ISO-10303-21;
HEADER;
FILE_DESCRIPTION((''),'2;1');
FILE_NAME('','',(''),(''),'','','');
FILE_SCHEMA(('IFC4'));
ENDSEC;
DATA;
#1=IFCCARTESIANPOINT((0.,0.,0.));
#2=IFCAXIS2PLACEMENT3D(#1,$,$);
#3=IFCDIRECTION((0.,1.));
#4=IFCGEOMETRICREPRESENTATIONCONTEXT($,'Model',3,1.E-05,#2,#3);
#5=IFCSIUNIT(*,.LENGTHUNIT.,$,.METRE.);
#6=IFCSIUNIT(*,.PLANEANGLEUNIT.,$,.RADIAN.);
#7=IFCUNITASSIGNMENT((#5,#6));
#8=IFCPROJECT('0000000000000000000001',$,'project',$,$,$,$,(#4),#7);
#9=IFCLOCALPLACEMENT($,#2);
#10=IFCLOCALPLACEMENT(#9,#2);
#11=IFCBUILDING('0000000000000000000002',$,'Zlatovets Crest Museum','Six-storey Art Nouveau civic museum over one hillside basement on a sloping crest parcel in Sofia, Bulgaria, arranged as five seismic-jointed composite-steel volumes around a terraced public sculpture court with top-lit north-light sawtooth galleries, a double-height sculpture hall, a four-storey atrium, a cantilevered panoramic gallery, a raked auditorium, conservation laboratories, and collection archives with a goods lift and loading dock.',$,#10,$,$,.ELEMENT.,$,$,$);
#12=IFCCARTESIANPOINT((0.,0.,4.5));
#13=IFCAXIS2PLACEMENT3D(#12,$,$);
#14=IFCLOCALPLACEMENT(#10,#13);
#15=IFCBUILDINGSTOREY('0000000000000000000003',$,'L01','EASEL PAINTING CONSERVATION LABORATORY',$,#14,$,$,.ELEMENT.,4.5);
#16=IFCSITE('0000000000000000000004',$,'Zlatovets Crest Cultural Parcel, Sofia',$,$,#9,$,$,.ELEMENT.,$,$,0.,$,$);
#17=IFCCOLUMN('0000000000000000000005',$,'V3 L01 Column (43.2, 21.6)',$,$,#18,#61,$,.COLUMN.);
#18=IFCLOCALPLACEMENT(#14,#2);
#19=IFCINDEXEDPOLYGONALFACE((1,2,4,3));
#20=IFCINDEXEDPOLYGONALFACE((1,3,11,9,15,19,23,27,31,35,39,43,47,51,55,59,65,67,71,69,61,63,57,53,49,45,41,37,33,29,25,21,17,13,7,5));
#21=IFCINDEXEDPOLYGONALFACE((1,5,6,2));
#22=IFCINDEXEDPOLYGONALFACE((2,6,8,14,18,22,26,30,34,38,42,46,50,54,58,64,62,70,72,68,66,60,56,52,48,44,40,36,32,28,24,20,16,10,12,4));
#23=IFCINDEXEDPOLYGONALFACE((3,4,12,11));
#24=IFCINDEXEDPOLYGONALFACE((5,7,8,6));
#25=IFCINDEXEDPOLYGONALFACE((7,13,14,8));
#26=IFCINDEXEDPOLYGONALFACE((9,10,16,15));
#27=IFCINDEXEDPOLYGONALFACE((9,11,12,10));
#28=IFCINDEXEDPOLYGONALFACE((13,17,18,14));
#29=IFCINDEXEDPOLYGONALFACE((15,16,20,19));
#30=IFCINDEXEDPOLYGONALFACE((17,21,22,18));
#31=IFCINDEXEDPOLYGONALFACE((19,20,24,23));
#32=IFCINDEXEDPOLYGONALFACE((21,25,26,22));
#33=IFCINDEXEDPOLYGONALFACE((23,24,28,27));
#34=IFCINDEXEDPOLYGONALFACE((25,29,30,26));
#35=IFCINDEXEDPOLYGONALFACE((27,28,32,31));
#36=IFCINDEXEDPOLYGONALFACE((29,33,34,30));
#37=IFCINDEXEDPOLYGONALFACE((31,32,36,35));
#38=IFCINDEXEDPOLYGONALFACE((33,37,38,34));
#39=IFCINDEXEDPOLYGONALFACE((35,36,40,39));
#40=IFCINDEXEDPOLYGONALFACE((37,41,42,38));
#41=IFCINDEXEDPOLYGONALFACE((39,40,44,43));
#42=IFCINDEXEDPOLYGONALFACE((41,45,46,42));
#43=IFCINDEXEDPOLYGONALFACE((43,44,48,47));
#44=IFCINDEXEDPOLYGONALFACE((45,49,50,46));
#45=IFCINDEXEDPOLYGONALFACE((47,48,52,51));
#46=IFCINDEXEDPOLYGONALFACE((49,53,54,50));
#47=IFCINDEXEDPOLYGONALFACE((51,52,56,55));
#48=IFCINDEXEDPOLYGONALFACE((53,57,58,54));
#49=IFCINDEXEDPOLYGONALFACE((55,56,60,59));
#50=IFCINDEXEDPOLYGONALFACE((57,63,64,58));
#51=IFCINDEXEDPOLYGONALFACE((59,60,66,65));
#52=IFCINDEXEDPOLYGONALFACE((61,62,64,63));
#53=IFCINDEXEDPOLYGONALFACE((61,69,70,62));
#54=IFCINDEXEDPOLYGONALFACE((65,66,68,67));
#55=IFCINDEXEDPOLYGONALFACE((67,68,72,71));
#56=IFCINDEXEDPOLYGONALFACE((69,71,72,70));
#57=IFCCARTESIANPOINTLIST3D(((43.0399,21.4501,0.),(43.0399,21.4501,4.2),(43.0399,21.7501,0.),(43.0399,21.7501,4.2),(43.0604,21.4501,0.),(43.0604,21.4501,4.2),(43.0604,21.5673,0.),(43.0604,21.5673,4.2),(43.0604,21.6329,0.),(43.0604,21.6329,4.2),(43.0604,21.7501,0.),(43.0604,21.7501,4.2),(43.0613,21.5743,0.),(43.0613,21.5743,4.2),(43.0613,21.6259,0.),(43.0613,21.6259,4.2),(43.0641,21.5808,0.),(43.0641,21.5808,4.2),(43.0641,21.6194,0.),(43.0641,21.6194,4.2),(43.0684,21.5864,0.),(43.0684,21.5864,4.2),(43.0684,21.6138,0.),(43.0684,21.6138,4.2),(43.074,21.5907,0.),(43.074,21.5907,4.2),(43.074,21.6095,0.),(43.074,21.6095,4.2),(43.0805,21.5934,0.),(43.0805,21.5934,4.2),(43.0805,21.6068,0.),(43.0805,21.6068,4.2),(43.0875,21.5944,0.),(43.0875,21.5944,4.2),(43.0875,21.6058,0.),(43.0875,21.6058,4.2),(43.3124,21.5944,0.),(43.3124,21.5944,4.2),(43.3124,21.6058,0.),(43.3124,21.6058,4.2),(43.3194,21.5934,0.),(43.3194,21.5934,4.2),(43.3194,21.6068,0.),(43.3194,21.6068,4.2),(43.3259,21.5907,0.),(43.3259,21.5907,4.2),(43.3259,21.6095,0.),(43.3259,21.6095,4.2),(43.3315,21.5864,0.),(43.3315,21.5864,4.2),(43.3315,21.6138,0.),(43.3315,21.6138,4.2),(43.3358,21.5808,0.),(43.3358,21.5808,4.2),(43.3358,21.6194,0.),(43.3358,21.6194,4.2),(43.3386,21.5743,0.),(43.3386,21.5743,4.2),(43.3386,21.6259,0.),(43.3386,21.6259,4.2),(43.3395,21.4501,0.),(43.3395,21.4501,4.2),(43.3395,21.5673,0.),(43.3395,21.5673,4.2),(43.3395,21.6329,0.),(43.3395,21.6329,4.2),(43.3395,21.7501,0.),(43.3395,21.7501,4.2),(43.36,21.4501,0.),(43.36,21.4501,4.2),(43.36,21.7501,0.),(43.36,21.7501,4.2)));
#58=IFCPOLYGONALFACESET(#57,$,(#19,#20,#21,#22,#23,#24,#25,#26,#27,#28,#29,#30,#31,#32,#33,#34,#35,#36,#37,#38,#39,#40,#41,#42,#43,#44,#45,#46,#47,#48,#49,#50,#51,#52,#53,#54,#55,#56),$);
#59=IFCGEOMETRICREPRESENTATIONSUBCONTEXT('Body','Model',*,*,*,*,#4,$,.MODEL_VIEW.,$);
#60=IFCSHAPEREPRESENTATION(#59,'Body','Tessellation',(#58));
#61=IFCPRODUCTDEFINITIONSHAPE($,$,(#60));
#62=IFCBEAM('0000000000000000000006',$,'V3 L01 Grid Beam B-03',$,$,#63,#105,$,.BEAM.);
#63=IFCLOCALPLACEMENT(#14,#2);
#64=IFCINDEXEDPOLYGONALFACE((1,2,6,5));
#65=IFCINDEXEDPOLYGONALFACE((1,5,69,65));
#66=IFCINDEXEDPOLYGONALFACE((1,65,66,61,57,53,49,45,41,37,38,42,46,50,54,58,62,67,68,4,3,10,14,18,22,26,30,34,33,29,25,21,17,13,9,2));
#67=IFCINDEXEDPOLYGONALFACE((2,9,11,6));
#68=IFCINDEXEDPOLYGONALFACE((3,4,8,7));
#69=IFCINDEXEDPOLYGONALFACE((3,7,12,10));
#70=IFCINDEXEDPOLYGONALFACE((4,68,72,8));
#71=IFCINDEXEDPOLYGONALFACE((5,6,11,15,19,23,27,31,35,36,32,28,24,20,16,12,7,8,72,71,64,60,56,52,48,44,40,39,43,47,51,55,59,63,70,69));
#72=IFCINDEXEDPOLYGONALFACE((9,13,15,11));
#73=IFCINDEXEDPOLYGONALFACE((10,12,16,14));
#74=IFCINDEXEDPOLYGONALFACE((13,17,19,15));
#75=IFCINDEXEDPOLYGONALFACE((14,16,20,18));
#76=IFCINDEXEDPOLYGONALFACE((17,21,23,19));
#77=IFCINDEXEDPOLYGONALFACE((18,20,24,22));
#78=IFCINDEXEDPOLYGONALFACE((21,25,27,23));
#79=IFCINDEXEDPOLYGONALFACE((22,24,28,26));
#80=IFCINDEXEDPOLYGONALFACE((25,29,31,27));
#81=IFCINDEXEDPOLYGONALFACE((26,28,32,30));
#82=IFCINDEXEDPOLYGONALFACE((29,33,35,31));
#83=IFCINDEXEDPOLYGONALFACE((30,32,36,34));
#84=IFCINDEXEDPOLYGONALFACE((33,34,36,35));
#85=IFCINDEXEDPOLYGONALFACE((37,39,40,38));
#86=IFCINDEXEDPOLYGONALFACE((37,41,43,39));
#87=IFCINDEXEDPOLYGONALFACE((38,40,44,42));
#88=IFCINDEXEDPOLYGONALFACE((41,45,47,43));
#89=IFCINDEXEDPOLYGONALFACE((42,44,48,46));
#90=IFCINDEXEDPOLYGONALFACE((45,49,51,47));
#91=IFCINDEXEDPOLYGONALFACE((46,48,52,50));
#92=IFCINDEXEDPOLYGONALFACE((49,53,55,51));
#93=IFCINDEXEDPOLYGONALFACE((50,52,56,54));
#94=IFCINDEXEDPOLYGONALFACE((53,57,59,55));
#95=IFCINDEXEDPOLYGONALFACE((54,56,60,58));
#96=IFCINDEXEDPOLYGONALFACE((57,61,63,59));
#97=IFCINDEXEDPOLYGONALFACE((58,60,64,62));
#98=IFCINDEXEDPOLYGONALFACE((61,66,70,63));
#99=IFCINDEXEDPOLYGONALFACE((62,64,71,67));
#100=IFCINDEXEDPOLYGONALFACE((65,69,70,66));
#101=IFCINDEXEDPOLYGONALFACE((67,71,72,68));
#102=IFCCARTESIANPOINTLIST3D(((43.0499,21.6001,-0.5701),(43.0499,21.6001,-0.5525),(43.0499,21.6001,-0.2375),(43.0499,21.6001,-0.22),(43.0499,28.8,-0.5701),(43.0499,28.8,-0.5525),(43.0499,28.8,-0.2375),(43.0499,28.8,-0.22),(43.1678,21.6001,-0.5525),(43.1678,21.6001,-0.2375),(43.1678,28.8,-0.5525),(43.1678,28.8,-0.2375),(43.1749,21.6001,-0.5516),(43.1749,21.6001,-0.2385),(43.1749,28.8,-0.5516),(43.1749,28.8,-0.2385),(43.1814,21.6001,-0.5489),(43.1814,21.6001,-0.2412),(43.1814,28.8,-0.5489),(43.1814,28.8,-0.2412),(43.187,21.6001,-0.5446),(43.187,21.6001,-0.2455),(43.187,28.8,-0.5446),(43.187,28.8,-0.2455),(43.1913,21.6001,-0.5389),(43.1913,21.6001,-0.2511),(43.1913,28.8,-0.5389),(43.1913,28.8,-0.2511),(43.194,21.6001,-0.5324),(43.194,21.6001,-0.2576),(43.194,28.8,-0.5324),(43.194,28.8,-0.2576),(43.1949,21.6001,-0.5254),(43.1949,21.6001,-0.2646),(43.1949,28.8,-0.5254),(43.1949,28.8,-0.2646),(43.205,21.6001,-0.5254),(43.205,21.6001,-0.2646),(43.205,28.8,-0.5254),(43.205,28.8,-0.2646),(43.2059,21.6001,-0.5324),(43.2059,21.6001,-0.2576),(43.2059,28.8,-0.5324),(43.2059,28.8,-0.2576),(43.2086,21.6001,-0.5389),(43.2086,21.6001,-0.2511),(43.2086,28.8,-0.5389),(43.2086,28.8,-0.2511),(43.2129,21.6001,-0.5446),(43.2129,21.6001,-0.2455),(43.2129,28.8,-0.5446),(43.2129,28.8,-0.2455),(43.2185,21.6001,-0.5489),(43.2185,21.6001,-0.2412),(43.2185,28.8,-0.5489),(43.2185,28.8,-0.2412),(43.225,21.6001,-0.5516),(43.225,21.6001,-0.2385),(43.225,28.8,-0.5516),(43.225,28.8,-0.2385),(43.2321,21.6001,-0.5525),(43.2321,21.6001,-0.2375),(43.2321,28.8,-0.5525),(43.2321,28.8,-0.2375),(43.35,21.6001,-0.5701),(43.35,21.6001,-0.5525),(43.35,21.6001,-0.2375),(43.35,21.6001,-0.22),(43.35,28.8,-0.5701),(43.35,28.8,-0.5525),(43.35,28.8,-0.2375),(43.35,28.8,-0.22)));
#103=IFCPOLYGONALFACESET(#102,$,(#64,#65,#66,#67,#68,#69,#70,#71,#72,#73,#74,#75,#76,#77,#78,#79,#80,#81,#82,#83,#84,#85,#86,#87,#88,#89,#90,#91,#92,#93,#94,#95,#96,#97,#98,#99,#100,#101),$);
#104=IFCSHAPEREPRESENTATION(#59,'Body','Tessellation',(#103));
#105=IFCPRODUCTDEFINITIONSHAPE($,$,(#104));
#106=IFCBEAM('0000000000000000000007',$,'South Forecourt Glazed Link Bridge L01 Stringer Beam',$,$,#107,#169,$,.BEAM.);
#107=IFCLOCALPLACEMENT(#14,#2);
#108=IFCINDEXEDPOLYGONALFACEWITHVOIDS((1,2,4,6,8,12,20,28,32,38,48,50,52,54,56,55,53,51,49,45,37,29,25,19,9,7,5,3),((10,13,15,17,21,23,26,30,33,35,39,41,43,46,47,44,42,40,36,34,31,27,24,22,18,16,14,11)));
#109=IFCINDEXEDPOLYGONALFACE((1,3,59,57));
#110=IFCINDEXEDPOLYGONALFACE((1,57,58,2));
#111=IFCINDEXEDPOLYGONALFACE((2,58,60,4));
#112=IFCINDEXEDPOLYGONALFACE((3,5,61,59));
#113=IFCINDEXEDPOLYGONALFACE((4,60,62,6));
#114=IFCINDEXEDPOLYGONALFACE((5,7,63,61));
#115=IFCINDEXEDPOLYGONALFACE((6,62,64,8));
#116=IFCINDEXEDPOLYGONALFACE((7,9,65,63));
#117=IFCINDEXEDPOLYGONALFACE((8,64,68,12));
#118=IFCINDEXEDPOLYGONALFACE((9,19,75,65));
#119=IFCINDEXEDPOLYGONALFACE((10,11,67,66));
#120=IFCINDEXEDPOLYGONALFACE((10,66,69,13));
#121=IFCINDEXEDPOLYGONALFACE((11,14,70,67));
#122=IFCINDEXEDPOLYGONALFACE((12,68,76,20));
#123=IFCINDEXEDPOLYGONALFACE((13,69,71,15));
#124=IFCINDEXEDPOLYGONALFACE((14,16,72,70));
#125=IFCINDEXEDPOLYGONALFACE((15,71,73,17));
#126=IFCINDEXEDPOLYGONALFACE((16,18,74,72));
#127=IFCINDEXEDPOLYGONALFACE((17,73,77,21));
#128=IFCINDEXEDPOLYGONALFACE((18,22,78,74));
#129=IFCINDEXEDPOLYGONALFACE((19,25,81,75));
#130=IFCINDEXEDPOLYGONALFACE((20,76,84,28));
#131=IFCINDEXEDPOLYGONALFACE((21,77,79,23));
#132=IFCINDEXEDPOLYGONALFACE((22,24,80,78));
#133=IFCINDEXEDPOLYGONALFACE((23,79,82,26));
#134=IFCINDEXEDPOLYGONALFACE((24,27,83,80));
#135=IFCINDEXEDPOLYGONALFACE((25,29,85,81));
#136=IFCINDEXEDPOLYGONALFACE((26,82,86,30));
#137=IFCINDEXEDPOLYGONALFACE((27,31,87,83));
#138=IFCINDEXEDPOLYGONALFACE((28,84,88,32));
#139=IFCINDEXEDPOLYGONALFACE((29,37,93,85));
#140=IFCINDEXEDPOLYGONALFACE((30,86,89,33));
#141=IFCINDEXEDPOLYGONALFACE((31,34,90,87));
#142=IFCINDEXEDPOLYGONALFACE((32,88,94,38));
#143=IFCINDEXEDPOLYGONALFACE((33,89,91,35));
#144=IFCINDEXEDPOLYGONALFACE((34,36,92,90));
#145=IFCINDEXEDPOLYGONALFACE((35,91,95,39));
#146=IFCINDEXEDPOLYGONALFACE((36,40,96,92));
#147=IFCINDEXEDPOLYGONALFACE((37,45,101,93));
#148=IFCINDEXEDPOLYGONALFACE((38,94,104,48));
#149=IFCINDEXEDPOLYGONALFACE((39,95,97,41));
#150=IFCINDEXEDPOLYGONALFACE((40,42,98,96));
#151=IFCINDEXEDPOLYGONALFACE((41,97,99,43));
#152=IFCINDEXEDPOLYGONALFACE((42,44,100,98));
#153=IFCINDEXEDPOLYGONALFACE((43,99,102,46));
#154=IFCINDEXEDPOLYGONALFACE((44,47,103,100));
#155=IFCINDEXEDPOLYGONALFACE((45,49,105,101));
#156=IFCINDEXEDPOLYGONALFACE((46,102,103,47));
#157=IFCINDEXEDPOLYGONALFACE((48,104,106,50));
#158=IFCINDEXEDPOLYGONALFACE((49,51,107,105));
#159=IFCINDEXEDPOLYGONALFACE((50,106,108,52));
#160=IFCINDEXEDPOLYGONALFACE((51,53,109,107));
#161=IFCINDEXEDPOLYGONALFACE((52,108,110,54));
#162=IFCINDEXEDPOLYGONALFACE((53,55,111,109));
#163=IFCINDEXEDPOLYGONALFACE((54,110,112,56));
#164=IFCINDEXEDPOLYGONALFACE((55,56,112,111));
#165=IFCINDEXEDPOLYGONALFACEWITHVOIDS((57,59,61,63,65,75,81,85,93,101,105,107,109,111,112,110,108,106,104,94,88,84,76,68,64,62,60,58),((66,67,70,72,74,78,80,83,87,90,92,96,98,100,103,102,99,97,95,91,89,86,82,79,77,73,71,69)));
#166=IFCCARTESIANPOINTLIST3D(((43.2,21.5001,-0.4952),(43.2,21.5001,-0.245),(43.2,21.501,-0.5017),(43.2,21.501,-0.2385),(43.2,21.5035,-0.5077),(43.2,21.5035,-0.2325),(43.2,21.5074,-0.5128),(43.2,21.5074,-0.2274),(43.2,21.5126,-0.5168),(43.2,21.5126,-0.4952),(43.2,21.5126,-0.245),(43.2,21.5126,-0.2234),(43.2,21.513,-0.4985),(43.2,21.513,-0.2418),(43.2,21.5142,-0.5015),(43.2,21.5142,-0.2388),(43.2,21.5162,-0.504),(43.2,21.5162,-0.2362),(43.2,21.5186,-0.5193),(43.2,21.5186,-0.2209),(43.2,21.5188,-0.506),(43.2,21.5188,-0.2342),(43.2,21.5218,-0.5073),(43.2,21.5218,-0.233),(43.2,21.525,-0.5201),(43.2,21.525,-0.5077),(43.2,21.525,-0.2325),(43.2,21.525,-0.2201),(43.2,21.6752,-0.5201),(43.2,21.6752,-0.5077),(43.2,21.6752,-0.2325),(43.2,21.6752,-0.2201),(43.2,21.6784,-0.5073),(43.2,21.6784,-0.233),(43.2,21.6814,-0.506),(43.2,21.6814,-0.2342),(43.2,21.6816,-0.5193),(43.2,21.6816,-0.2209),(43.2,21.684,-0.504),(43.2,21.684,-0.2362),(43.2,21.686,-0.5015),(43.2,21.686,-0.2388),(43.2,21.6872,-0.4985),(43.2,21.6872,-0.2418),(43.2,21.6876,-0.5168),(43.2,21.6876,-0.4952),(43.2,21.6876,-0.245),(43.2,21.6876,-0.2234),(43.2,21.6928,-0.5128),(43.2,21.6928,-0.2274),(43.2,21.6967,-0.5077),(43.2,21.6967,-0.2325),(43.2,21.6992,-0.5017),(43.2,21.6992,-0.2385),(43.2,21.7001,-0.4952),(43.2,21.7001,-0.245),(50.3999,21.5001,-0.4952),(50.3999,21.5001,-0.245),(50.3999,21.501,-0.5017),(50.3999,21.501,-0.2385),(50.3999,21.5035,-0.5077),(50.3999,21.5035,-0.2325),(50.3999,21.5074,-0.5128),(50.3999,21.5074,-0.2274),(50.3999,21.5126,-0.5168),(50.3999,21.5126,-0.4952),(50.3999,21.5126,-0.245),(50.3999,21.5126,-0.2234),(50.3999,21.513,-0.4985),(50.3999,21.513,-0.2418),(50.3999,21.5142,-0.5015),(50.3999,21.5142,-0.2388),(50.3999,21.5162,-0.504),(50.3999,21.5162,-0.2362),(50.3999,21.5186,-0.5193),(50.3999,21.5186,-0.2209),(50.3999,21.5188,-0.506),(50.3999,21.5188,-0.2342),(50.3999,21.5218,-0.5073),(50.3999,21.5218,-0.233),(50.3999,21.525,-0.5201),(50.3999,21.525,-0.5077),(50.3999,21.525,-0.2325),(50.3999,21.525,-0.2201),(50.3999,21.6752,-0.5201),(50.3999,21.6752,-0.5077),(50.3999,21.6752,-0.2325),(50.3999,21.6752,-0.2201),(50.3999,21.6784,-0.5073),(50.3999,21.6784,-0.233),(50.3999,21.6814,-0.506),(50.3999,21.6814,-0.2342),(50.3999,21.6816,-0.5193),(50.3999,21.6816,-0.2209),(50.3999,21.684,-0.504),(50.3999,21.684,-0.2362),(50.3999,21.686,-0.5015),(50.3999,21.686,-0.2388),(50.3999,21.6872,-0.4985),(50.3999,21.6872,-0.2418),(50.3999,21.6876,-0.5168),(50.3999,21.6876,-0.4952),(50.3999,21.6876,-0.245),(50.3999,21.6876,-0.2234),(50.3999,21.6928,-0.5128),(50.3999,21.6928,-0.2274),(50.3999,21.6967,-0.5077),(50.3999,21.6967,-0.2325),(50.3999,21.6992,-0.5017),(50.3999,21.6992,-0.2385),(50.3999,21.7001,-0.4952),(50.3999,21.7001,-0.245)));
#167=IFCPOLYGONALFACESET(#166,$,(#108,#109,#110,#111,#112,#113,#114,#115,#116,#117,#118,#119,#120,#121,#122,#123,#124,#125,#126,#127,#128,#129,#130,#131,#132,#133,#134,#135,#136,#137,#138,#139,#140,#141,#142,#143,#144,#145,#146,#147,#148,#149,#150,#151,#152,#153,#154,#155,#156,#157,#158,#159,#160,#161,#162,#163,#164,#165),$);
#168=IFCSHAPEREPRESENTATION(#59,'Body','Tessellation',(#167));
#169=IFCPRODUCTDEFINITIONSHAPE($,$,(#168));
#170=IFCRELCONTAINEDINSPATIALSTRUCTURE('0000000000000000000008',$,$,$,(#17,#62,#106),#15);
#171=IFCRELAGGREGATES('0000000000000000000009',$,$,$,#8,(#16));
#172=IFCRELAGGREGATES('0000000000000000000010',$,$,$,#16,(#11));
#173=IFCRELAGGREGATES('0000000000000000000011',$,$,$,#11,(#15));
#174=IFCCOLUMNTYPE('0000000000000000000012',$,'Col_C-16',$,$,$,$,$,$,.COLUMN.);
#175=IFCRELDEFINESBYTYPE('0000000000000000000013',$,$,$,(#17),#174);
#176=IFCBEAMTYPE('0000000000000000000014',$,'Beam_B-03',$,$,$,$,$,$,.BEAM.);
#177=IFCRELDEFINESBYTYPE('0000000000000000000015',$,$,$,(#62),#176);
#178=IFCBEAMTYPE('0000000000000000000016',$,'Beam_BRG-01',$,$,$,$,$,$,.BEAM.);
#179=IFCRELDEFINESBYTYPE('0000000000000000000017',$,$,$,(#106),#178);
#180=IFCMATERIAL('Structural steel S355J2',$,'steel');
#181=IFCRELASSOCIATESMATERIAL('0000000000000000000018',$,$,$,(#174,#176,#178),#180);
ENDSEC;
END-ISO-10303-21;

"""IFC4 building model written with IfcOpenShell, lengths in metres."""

from ifc_helpers import new_model, si_unit, direction, frame, origin, origin_2d, place, context, subcontext, project, spatial, hollow_rectangle, i_section, extrude, material, material_profile, profile_set, type_object, element, save


model = new_model("IFC4")

# Units and contexts
model_context = context("Model", 3, precision=1e-05, world=origin(), true_north=direction((0.0, 1.0)))
body_context = subcontext(model_context, "Body", "Model", "MODEL_VIEW")
ifc_project = project(units=[si_unit("LENGTHUNIT", "METRE"), si_unit("PLANEANGLEUNIT", "RADIAN")], contexts=[model_context])

# Site, building, storey
site_placement = place(None, origin())
site = spatial("IfcSite", under=ifc_project, at=site_placement, Name="Zlatovets Crest Cultural Parcel, Sofia", CompositionType="ELEMENT", RefElevation=0.0)
building_placement = place(site_placement, origin())
building = spatial("IfcBuilding", under=site, at=building_placement, Name="Zlatovets Crest Museum", Description="Six-storey Art Nouveau civic museum over one hillside basement on a sloping crest parcel in Sofia, Bulgaria, arranged as five seismic-jointed composite-steel volumes around a terraced public sculpture court with top-lit north-light sawtooth galleries, a double-height sculpture hall, a four-storey atrium, a cantilevered panoramic gallery, a raked auditorium, conservation laboratories, and collection archives with a goods lift and loading dock.", CompositionType="ELEMENT")
storey_placement = place(building_placement, frame((0.0, 0.0, 4.5)))
storey = spatial("IfcBuildingStorey", under=building, at=storey_placement, Name="L01", Description="EASEL PAINTING CONSERVATION LABORATORY", CompositionType="ELEMENT", Elevation=4.5)

# Column
ifc_material_1 = material(Name="Structural steel S355J2", Category="steel")
ifc_material_profile_1 = material_profile(ifc_material_1, i_section(OverallWidth=0.3, OverallDepth=0.3201, WebThickness=0.0115, FlangeThickness=0.0205, FilletRadius=0.0271, at=origin_2d()), Name="HEB 320")
ifc_profile_set_1 = profile_set([ifc_material_profile_1], Name="Structural steel S355J2")
column_type = type_object("IfcColumnType", Name="Col_C-16", PredefinedType="COLUMN", material=ifc_profile_set_1)
column_placement = place(storey_placement, frame((43.2, 21.6001, 0.0), z_axis=(0.0, 0.0, 1.0), x_axis=(0.0, 1.0, 0.0)))
element("IfcColumn", 1, at=column_placement, inside=storey, type_object=column_type, Name="V3 L01 Column (43.2, 21.6)", PredefinedType="COLUMN", context=body_context, shape_type="SweptSolid", body=[
    extrude(i_section(OverallWidth=0.3, OverallDepth=0.3201, WebThickness=0.0115, FlangeThickness=0.0205, FilletRadius=0.0271, at=origin_2d()), origin(), (0.0, 0.0, 1.0), 4.2),
])

# Beams
ifc_material_profile_2 = material_profile(ifc_material_1, i_section(OverallWidth=0.3, OverallDepth=0.3501, WebThickness=0.01, FlangeThickness=0.0176, FilletRadius=0.0271, at=origin_2d()), Name="HEA 360")
ifc_profile_set_2 = profile_set([ifc_material_profile_2], Name="Structural steel S355J2")
beam_type_1 = type_object("IfcBeamType", Name="Beam_B-03", PredefinedType="BEAM", material=ifc_profile_set_2)
beam_1_placement = place(storey_placement, frame((43.2, 21.6001, -0.395), z_axis=(0.0, 1.0, 0.0), x_axis=(-1.0, 0.0, 0.0)))
element("IfcBeam", 2, at=beam_1_placement, inside=storey, type_object=beam_type_1, Name="V3 L01 Grid Beam B-03", PredefinedType="BEAM", context=body_context, shape_type="SweptSolid", body=[
    extrude(i_section(OverallWidth=0.3, OverallDepth=0.3501, WebThickness=0.01, FlangeThickness=0.0176, FilletRadius=0.0271, at=origin_2d()), origin(), (0.0, 0.0, 1.0), 7.2),
])
ifc_material_profile_3 = material_profile(ifc_material_1, hollow_rectangle(XDim=0.2, YDim=0.3, WallThickness=0.0125, InnerFilletRadius=0.0125, OuterFilletRadius=0.0249, at=origin_2d()), Name="RHS 200x300x12.5")
ifc_profile_set_3 = profile_set([ifc_material_profile_3], Name="Structural steel S355J2")
beam_type_2 = type_object("IfcBeamType", Name="Beam_BRG-01", PredefinedType="BEAM", material=ifc_profile_set_3)
beam_2_placement = place(storey_placement, frame((43.2, 21.6001, -0.3701), z_axis=(1.0, 0.0, 0.0), x_axis=(0.0, 1.0, 0.0)))
element("IfcBeam", 3, at=beam_2_placement, inside=storey, type_object=beam_type_2, Name="South Forecourt Glazed Link Bridge L01 Stringer Beam", PredefinedType="BEAM", context=body_context, shape_type="SweptSolid", body=[
    extrude(hollow_rectangle(XDim=0.2, YDim=0.3, WallThickness=0.0125, InnerFilletRadius=0.0125, OuterFilletRadius=0.0249, at=origin_2d()), origin(), (0.0, 0.0, 1.0), 7.2),
])

save(model, "model.ifc")
